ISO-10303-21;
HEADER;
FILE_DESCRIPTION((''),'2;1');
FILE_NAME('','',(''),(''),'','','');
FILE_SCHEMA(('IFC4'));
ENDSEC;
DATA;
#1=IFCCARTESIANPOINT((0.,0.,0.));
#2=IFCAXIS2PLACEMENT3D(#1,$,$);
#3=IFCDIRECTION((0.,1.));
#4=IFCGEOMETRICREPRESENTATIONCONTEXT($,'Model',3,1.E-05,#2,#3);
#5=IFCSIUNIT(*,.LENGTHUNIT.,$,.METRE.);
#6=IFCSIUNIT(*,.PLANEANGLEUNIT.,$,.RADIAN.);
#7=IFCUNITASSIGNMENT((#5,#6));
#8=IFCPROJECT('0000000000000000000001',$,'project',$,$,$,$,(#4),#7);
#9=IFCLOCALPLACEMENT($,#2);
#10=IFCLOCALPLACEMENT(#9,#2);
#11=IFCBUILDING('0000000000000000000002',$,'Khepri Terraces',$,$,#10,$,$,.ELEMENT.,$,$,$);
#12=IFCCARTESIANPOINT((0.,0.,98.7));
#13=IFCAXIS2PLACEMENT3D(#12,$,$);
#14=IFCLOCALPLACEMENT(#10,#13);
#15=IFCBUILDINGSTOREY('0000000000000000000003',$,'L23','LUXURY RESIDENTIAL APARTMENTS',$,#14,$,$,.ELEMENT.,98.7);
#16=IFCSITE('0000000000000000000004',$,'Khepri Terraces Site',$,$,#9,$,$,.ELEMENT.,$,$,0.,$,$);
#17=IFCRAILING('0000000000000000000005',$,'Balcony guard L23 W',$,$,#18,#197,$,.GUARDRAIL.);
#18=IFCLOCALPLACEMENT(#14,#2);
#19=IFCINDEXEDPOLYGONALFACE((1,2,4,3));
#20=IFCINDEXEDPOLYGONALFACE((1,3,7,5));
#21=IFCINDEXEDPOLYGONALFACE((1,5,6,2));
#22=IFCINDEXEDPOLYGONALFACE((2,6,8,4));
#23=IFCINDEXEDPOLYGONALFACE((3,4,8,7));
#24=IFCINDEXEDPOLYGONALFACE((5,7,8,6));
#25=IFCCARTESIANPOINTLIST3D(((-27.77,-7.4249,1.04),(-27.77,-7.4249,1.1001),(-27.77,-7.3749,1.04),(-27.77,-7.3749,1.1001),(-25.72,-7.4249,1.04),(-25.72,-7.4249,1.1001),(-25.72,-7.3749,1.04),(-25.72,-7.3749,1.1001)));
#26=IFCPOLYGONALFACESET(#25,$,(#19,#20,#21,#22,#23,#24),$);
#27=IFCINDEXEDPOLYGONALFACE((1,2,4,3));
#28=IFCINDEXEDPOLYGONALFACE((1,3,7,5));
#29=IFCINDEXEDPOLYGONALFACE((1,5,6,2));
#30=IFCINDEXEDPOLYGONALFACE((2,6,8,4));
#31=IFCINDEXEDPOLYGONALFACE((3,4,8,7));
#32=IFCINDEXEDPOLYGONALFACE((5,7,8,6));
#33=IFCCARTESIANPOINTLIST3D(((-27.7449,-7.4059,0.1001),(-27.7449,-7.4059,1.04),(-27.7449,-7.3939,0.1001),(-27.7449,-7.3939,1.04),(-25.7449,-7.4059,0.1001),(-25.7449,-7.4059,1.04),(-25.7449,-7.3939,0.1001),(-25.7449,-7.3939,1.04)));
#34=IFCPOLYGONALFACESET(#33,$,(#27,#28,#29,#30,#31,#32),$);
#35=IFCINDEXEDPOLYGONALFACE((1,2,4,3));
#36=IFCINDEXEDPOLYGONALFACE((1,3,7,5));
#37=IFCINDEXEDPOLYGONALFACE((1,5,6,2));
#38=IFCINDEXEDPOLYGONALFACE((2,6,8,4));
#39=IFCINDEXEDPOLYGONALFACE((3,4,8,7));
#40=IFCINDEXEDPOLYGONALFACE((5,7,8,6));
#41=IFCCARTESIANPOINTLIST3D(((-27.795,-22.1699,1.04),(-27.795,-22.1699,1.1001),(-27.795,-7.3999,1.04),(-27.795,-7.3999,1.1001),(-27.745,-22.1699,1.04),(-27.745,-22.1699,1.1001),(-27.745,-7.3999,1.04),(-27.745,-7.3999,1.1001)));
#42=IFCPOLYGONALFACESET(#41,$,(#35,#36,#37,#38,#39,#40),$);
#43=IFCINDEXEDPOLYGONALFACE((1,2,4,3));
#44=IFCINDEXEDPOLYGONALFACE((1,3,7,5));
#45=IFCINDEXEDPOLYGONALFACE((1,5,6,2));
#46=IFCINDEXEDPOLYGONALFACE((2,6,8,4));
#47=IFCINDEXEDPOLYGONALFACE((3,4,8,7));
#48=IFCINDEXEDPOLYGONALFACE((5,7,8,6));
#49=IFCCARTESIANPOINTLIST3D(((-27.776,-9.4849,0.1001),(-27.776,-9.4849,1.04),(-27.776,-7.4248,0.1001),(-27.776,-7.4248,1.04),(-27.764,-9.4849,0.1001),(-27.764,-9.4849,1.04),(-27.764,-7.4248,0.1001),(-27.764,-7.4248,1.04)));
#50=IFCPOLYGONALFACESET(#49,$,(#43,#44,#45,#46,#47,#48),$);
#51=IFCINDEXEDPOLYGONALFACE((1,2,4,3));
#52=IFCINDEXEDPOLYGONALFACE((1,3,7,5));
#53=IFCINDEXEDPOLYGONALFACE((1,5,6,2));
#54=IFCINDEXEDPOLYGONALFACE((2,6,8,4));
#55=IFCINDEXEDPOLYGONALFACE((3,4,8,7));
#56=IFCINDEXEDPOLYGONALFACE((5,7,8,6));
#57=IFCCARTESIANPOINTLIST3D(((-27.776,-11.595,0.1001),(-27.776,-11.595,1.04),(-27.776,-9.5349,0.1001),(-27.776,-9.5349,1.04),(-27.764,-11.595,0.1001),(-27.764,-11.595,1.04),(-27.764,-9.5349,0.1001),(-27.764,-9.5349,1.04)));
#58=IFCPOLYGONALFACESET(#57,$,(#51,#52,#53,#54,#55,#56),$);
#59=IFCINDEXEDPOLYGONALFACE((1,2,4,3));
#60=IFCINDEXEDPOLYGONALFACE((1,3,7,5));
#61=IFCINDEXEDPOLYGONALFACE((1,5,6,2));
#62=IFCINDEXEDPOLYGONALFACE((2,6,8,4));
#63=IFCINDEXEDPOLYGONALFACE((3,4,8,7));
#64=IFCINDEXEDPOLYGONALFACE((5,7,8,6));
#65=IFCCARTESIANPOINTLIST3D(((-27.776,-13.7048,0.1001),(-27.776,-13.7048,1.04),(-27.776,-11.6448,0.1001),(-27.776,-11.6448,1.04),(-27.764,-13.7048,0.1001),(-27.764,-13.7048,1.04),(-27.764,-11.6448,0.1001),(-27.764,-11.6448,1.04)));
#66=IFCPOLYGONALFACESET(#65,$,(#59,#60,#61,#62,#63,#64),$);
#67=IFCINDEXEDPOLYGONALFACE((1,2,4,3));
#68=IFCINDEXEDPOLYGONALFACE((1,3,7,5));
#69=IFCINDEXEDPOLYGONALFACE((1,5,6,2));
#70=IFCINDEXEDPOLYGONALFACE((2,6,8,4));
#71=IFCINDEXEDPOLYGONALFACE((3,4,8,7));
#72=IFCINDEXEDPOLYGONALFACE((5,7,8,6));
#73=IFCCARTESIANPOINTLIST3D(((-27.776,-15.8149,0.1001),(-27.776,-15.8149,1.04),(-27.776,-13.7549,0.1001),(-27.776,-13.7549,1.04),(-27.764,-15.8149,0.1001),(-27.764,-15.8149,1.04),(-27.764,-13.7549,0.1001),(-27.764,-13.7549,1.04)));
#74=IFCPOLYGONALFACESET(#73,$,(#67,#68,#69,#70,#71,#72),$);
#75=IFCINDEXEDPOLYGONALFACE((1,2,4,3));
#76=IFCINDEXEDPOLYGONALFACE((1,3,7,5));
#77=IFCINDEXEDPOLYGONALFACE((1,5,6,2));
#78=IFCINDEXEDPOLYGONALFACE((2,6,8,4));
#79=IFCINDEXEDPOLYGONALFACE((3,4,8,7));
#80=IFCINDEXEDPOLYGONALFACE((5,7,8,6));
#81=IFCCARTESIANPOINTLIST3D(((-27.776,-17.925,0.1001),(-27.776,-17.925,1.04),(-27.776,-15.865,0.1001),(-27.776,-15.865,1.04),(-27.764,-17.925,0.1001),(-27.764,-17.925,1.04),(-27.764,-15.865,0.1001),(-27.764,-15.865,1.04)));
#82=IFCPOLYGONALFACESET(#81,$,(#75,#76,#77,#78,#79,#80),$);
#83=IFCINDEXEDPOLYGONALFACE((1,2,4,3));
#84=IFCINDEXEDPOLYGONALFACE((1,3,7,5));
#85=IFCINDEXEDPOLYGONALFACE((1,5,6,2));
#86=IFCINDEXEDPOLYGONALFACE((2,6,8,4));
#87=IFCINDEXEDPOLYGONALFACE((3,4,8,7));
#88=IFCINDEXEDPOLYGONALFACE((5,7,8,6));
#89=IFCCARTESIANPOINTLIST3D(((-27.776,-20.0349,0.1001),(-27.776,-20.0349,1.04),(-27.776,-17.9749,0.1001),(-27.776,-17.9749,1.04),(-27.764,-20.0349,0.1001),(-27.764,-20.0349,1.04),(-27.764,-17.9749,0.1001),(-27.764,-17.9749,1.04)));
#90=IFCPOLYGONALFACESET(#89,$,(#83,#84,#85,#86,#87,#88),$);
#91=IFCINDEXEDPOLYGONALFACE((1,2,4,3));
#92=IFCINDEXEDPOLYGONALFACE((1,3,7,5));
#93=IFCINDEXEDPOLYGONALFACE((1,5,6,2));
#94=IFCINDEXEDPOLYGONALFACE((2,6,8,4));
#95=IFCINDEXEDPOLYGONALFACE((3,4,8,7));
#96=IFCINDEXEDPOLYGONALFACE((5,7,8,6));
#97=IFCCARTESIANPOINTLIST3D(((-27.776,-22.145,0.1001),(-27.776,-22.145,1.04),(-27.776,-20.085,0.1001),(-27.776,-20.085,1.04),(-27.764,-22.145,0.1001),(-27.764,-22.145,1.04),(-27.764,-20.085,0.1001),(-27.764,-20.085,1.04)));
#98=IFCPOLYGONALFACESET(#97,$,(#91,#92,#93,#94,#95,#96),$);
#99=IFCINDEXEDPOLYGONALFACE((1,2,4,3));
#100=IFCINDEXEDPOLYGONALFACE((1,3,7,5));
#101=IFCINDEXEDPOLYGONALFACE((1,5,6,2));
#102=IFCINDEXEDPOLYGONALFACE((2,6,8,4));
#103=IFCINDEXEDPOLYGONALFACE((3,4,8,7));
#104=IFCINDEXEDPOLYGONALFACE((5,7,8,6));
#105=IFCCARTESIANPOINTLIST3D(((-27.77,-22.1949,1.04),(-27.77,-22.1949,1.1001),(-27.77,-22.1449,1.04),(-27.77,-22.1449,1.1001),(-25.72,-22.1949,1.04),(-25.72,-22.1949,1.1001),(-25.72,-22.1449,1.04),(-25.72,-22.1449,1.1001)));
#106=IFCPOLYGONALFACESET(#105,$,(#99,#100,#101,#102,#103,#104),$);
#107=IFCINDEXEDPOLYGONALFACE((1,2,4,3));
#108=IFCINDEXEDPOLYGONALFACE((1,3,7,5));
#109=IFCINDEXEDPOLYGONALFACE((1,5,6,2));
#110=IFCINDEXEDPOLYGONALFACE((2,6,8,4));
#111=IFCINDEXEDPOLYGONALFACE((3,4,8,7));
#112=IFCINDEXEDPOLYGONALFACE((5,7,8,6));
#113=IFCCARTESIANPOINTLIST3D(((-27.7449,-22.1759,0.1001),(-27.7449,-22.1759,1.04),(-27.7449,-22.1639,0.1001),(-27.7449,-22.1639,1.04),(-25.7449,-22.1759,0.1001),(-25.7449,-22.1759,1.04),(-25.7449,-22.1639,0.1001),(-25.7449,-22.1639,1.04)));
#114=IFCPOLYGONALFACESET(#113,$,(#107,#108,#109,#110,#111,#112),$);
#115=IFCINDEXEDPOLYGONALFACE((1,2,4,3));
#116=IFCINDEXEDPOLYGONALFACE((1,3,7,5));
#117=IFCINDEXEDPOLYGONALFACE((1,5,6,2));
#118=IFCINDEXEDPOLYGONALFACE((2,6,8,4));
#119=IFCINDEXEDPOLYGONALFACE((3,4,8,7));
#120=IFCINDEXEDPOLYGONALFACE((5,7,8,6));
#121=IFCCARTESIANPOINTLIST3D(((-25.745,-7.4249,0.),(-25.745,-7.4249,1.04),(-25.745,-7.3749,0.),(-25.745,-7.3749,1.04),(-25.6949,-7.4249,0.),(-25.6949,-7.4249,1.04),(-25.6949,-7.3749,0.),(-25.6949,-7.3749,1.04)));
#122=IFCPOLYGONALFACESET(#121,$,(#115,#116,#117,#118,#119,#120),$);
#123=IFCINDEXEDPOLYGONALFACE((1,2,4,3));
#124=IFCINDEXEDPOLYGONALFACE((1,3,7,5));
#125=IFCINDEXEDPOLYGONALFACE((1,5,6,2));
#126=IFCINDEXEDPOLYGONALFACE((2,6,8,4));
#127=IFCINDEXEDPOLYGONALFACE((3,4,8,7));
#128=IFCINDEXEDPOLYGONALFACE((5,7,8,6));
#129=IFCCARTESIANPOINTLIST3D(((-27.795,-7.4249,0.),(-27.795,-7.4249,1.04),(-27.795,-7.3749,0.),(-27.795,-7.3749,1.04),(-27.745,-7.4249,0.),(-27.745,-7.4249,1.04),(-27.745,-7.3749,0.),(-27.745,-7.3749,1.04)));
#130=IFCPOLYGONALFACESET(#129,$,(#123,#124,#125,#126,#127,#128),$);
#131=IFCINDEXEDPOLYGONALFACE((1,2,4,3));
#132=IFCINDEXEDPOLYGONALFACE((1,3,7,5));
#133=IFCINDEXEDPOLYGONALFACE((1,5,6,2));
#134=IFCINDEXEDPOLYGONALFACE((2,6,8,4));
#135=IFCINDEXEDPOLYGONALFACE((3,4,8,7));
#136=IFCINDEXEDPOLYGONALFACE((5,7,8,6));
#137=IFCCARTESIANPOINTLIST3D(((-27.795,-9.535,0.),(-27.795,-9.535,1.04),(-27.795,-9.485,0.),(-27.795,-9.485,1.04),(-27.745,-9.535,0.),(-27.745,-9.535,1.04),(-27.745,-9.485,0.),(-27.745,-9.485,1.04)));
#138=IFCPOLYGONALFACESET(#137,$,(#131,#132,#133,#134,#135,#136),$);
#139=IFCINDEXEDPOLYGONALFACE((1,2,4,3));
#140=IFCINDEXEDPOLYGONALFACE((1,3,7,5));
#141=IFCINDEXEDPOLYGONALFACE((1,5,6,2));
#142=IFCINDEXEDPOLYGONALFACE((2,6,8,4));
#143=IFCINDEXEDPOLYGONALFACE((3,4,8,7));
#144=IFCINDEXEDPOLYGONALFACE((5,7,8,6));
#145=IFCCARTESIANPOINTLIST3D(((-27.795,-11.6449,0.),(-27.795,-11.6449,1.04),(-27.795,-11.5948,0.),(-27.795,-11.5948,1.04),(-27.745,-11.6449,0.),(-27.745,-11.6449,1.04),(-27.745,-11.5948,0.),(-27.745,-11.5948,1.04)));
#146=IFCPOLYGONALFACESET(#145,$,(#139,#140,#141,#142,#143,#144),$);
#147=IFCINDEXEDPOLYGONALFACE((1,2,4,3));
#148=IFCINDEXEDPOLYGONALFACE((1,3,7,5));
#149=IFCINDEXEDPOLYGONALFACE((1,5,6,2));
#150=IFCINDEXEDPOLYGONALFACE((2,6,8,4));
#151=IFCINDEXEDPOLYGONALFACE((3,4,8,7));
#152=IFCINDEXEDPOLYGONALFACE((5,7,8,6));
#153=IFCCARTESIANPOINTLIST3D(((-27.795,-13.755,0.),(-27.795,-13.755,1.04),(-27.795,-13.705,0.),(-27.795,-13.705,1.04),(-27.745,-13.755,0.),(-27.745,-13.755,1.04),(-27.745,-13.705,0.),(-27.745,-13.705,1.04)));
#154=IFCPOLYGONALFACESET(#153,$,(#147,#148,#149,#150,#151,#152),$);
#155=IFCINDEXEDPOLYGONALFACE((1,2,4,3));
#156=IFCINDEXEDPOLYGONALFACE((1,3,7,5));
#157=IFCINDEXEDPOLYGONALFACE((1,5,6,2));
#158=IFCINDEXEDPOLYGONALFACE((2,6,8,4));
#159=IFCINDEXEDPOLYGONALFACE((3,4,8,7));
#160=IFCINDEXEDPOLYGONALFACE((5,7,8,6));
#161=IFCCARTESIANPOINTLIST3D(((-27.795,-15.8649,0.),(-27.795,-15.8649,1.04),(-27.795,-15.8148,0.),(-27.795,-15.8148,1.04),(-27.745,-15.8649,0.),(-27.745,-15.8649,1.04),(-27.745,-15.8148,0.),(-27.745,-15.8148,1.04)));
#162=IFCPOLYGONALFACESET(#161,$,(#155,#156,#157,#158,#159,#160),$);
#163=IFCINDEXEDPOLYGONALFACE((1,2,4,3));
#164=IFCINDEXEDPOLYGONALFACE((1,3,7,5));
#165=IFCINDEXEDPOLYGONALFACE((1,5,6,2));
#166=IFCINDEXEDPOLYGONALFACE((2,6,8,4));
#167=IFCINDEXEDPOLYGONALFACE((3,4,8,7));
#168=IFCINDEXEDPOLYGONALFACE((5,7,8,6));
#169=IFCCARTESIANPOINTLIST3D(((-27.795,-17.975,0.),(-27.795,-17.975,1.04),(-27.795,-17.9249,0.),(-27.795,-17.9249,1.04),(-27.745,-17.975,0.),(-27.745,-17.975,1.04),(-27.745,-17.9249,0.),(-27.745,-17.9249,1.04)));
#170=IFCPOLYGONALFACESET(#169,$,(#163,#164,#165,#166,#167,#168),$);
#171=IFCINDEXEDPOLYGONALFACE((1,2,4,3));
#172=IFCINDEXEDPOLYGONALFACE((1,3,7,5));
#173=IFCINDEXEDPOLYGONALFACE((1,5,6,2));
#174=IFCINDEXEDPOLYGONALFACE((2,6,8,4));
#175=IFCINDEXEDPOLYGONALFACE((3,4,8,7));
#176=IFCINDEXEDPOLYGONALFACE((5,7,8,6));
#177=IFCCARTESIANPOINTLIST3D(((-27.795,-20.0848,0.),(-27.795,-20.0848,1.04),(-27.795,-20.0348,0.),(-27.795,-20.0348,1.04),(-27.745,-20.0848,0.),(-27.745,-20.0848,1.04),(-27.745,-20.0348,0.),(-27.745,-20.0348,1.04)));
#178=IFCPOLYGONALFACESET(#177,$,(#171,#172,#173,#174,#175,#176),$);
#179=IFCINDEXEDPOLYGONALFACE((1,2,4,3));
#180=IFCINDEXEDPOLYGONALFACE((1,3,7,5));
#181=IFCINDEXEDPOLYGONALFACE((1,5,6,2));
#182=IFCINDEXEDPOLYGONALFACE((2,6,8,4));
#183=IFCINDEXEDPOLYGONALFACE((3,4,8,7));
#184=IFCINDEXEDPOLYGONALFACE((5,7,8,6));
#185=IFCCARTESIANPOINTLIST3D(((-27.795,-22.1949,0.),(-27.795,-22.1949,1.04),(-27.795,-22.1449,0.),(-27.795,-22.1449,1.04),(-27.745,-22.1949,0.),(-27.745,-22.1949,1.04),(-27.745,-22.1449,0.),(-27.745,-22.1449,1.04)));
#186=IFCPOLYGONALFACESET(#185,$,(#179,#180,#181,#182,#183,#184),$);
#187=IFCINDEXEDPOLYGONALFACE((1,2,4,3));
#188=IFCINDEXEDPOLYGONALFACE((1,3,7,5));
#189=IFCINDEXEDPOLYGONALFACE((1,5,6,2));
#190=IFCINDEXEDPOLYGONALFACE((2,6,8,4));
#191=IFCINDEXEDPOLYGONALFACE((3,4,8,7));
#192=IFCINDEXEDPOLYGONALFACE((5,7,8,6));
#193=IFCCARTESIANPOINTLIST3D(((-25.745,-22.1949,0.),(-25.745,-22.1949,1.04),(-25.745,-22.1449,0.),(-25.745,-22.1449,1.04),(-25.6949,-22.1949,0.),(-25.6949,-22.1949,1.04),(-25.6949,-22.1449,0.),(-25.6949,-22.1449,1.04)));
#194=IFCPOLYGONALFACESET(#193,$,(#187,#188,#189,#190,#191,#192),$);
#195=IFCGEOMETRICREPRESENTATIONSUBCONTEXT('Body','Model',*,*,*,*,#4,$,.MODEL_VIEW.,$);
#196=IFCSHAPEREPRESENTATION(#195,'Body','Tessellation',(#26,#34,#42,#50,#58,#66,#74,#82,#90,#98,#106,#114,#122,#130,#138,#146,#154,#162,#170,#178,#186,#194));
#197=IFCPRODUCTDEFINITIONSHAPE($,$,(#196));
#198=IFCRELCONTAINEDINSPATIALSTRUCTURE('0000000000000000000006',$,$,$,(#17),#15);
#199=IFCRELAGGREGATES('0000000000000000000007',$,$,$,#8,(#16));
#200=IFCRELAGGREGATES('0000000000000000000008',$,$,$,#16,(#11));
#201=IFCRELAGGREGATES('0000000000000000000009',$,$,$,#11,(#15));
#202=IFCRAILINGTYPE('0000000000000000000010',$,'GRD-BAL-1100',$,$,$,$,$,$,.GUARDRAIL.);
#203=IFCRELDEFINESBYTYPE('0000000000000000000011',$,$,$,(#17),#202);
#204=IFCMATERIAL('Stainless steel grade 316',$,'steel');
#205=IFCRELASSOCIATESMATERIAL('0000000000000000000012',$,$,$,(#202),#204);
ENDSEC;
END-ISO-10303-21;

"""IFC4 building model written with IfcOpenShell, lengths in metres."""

from ifc_helpers import new_model, si_unit, direction, frame, origin, origin_2d, place, context, subcontext, project, spatial, rectangle, extrude, material, type_object, element, save


model = new_model("IFC4")

# Units and contexts
model_context = context("Model", 3, precision=1e-05, world=origin(), true_north=direction((0.0, 1.0)))
body_context = subcontext(model_context, "Body", "Model", "MODEL_VIEW")
ifc_project = project(units=[si_unit("LENGTHUNIT", "METRE"), si_unit("PLANEANGLEUNIT", "RADIAN")], contexts=[model_context])

# Site, building, storey
site_placement = place(None, origin())
site = spatial("IfcSite", under=ifc_project, at=site_placement, Name="Khepri Terraces Site", CompositionType="ELEMENT", RefElevation=0.0)
building_placement = place(site_placement, origin())
building = spatial("IfcBuilding", under=site, at=building_placement, Name="Khepri Terraces", CompositionType="ELEMENT")
storey_placement = place(building_placement, frame((0.0, 0.0, 98.7)))
storey = spatial("IfcBuildingStorey", under=building, at=storey_placement, Name="L23", Description="LUXURY RESIDENTIAL APARTMENTS", CompositionType="ELEMENT", Elevation=98.7)

# Railing
ifc_material_1 = material(Name="Stainless steel grade 316", Category="steel")
railing_type = type_object("IfcRailingType", Name="GRD-BAL-1100", PredefinedType="GUARDRAIL", material=ifc_material_1)
railing_placement = place(storey_placement, frame((-25.72, -7.3999, 0.0)))
element("IfcRailing", 1, at=railing_placement, inside=storey, type_object=railing_type, Name="Balcony guard L23 W", PredefinedType="GUARDRAIL", context=body_context, shape_type="SweptSolid", body=[
    extrude(rectangle(XDim=0.05, YDim=0.0601, at=origin_2d()), frame((0.0, 0.0, 1.0701), z_axis=(-1.0, 0.0, 0.0), x_axis=(0.0, -1.0, 0.0)), (0.0, 0.0, 1.0), 2.05),
    extrude(rectangle(XDim=2.0, YDim=0.012, at=origin_2d()), frame((-1.0249, 0.0, 0.1001), z_axis=(0.0, 0.0, 1.0), x_axis=(-1.0, 0.0, 0.0)), (0.0, 0.0, 1.0), 0.9399),
    extrude(rectangle(XDim=0.05, YDim=0.0601, at=origin_2d()), frame((-2.05, 0.0, 1.0701), z_axis=(0.0, -1.0, 0.0), x_axis=(1.0, 0.0, 0.0)), (0.0, 0.0, 1.0), 14.77),
    extrude(rectangle(XDim=2.0601, YDim=0.012, at=origin_2d()), frame((-2.05, -1.0549, 0.1001), z_axis=(0.0, 0.0, 1.0), x_axis=(0.0, -1.0, 0.0)), (0.0, 0.0, 1.0), 0.9399),
    extrude(rectangle(XDim=2.0601, YDim=0.012, at=origin_2d()), frame((-2.05, -3.165, 0.1001), z_axis=(0.0, 0.0, 1.0), x_axis=(0.0, -1.0, 0.0)), (0.0, 0.0, 1.0), 0.9399),
    extrude(rectangle(XDim=2.0601, YDim=0.012, at=origin_2d()), frame((-2.05, -5.2749, 0.1001), z_axis=(0.0, 0.0, 1.0), x_axis=(0.0, -1.0, 0.0)), (0.0, 0.0, 1.0), 0.9399),
    extrude(rectangle(XDim=2.0601, YDim=0.012, at=origin_2d()), frame((-2.05, -7.385, 0.1001), z_axis=(0.0, 0.0, 1.0), x_axis=(0.0, -1.0, 0.0)), (0.0, 0.0, 1.0), 0.9399),
    extrude(rectangle(XDim=2.0601, YDim=0.012, at=origin_2d()), frame((-2.05, -9.4951, 0.1001), z_axis=(0.0, 0.0, 1.0), x_axis=(0.0, -1.0, 0.0)), (0.0, 0.0, 1.0), 0.9399),
    extrude(rectangle(XDim=2.0601, YDim=0.012, at=origin_2d()), frame((-2.05, -11.605, 0.1001), z_axis=(0.0, 0.0, 1.0), x_axis=(0.0, -1.0, 0.0)), (0.0, 0.0, 1.0), 0.9399),
    extrude(rectangle(XDim=2.0601, YDim=0.012, at=origin_2d()), frame((-2.05, -13.7151, 0.1001), z_axis=(0.0, 0.0, 1.0), x_axis=(0.0, -1.0, 0.0)), (0.0, 0.0, 1.0), 0.9399),
    extrude(rectangle(XDim=0.05, YDim=0.0601, at=origin_2d()), frame((-2.05, -14.77, 1.0701), z_axis=(1.0, 0.0, 0.0), x_axis=(0.0, 1.0, 0.0)), (0.0, 0.0, 1.0), 2.05),
    extrude(rectangle(XDim=2.0, YDim=0.012, at=origin_2d()), frame((-1.0249, -14.77, 0.1001), z_axis=(0.0, 0.0, 1.0), x_axis=(1.0, 0.0, 0.0)), (0.0, 0.0, 1.0), 0.9399),
    extrude(rectangle(XDim=0.05, YDim=0.05, at=origin_2d()), origin(), (0.0, 0.0, 1.0), 1.04),
    extrude(rectangle(XDim=0.05, YDim=0.05, at=origin_2d()), frame((-2.05, 0.0, 0.0)), (0.0, 0.0, 1.0), 1.04),
    extrude(rectangle(XDim=0.05, YDim=0.05, at=origin_2d()), frame((-2.05, -2.1101, 0.0)), (0.0, 0.0, 1.0), 1.04),
    extrude(rectangle(XDim=0.05, YDim=0.05, at=origin_2d()), frame((-2.05, -4.22, 0.0)), (0.0, 0.0, 1.0), 1.04),
    extrude(rectangle(XDim=0.05, YDim=0.05, at=origin_2d()), frame((-2.05, -6.3301, 0.0)), (0.0, 0.0, 1.0), 1.04),
    extrude(rectangle(XDim=0.05, YDim=0.05, at=origin_2d()), frame((-2.05, -8.4399, 0.0)), (0.0, 0.0, 1.0), 1.04),
    extrude(rectangle(XDim=0.05, YDim=0.05, at=origin_2d()), frame((-2.05, -10.55, 0.0)), (0.0, 0.0, 1.0), 1.04),
    extrude(rectangle(XDim=0.05, YDim=0.05, at=origin_2d()), frame((-2.05, -12.6599, 0.0)), (0.0, 0.0, 1.0), 1.04),
    extrude(rectangle(XDim=0.05, YDim=0.05, at=origin_2d()), frame((-2.05, -14.77, 0.0)), (0.0, 0.0, 1.0), 1.04),
    extrude(rectangle(XDim=0.05, YDim=0.05, at=origin_2d()), frame((0.0, -14.77, 0.0)), (0.0, 0.0, 1.0), 1.04),
])

save(model, "model.ifc")
